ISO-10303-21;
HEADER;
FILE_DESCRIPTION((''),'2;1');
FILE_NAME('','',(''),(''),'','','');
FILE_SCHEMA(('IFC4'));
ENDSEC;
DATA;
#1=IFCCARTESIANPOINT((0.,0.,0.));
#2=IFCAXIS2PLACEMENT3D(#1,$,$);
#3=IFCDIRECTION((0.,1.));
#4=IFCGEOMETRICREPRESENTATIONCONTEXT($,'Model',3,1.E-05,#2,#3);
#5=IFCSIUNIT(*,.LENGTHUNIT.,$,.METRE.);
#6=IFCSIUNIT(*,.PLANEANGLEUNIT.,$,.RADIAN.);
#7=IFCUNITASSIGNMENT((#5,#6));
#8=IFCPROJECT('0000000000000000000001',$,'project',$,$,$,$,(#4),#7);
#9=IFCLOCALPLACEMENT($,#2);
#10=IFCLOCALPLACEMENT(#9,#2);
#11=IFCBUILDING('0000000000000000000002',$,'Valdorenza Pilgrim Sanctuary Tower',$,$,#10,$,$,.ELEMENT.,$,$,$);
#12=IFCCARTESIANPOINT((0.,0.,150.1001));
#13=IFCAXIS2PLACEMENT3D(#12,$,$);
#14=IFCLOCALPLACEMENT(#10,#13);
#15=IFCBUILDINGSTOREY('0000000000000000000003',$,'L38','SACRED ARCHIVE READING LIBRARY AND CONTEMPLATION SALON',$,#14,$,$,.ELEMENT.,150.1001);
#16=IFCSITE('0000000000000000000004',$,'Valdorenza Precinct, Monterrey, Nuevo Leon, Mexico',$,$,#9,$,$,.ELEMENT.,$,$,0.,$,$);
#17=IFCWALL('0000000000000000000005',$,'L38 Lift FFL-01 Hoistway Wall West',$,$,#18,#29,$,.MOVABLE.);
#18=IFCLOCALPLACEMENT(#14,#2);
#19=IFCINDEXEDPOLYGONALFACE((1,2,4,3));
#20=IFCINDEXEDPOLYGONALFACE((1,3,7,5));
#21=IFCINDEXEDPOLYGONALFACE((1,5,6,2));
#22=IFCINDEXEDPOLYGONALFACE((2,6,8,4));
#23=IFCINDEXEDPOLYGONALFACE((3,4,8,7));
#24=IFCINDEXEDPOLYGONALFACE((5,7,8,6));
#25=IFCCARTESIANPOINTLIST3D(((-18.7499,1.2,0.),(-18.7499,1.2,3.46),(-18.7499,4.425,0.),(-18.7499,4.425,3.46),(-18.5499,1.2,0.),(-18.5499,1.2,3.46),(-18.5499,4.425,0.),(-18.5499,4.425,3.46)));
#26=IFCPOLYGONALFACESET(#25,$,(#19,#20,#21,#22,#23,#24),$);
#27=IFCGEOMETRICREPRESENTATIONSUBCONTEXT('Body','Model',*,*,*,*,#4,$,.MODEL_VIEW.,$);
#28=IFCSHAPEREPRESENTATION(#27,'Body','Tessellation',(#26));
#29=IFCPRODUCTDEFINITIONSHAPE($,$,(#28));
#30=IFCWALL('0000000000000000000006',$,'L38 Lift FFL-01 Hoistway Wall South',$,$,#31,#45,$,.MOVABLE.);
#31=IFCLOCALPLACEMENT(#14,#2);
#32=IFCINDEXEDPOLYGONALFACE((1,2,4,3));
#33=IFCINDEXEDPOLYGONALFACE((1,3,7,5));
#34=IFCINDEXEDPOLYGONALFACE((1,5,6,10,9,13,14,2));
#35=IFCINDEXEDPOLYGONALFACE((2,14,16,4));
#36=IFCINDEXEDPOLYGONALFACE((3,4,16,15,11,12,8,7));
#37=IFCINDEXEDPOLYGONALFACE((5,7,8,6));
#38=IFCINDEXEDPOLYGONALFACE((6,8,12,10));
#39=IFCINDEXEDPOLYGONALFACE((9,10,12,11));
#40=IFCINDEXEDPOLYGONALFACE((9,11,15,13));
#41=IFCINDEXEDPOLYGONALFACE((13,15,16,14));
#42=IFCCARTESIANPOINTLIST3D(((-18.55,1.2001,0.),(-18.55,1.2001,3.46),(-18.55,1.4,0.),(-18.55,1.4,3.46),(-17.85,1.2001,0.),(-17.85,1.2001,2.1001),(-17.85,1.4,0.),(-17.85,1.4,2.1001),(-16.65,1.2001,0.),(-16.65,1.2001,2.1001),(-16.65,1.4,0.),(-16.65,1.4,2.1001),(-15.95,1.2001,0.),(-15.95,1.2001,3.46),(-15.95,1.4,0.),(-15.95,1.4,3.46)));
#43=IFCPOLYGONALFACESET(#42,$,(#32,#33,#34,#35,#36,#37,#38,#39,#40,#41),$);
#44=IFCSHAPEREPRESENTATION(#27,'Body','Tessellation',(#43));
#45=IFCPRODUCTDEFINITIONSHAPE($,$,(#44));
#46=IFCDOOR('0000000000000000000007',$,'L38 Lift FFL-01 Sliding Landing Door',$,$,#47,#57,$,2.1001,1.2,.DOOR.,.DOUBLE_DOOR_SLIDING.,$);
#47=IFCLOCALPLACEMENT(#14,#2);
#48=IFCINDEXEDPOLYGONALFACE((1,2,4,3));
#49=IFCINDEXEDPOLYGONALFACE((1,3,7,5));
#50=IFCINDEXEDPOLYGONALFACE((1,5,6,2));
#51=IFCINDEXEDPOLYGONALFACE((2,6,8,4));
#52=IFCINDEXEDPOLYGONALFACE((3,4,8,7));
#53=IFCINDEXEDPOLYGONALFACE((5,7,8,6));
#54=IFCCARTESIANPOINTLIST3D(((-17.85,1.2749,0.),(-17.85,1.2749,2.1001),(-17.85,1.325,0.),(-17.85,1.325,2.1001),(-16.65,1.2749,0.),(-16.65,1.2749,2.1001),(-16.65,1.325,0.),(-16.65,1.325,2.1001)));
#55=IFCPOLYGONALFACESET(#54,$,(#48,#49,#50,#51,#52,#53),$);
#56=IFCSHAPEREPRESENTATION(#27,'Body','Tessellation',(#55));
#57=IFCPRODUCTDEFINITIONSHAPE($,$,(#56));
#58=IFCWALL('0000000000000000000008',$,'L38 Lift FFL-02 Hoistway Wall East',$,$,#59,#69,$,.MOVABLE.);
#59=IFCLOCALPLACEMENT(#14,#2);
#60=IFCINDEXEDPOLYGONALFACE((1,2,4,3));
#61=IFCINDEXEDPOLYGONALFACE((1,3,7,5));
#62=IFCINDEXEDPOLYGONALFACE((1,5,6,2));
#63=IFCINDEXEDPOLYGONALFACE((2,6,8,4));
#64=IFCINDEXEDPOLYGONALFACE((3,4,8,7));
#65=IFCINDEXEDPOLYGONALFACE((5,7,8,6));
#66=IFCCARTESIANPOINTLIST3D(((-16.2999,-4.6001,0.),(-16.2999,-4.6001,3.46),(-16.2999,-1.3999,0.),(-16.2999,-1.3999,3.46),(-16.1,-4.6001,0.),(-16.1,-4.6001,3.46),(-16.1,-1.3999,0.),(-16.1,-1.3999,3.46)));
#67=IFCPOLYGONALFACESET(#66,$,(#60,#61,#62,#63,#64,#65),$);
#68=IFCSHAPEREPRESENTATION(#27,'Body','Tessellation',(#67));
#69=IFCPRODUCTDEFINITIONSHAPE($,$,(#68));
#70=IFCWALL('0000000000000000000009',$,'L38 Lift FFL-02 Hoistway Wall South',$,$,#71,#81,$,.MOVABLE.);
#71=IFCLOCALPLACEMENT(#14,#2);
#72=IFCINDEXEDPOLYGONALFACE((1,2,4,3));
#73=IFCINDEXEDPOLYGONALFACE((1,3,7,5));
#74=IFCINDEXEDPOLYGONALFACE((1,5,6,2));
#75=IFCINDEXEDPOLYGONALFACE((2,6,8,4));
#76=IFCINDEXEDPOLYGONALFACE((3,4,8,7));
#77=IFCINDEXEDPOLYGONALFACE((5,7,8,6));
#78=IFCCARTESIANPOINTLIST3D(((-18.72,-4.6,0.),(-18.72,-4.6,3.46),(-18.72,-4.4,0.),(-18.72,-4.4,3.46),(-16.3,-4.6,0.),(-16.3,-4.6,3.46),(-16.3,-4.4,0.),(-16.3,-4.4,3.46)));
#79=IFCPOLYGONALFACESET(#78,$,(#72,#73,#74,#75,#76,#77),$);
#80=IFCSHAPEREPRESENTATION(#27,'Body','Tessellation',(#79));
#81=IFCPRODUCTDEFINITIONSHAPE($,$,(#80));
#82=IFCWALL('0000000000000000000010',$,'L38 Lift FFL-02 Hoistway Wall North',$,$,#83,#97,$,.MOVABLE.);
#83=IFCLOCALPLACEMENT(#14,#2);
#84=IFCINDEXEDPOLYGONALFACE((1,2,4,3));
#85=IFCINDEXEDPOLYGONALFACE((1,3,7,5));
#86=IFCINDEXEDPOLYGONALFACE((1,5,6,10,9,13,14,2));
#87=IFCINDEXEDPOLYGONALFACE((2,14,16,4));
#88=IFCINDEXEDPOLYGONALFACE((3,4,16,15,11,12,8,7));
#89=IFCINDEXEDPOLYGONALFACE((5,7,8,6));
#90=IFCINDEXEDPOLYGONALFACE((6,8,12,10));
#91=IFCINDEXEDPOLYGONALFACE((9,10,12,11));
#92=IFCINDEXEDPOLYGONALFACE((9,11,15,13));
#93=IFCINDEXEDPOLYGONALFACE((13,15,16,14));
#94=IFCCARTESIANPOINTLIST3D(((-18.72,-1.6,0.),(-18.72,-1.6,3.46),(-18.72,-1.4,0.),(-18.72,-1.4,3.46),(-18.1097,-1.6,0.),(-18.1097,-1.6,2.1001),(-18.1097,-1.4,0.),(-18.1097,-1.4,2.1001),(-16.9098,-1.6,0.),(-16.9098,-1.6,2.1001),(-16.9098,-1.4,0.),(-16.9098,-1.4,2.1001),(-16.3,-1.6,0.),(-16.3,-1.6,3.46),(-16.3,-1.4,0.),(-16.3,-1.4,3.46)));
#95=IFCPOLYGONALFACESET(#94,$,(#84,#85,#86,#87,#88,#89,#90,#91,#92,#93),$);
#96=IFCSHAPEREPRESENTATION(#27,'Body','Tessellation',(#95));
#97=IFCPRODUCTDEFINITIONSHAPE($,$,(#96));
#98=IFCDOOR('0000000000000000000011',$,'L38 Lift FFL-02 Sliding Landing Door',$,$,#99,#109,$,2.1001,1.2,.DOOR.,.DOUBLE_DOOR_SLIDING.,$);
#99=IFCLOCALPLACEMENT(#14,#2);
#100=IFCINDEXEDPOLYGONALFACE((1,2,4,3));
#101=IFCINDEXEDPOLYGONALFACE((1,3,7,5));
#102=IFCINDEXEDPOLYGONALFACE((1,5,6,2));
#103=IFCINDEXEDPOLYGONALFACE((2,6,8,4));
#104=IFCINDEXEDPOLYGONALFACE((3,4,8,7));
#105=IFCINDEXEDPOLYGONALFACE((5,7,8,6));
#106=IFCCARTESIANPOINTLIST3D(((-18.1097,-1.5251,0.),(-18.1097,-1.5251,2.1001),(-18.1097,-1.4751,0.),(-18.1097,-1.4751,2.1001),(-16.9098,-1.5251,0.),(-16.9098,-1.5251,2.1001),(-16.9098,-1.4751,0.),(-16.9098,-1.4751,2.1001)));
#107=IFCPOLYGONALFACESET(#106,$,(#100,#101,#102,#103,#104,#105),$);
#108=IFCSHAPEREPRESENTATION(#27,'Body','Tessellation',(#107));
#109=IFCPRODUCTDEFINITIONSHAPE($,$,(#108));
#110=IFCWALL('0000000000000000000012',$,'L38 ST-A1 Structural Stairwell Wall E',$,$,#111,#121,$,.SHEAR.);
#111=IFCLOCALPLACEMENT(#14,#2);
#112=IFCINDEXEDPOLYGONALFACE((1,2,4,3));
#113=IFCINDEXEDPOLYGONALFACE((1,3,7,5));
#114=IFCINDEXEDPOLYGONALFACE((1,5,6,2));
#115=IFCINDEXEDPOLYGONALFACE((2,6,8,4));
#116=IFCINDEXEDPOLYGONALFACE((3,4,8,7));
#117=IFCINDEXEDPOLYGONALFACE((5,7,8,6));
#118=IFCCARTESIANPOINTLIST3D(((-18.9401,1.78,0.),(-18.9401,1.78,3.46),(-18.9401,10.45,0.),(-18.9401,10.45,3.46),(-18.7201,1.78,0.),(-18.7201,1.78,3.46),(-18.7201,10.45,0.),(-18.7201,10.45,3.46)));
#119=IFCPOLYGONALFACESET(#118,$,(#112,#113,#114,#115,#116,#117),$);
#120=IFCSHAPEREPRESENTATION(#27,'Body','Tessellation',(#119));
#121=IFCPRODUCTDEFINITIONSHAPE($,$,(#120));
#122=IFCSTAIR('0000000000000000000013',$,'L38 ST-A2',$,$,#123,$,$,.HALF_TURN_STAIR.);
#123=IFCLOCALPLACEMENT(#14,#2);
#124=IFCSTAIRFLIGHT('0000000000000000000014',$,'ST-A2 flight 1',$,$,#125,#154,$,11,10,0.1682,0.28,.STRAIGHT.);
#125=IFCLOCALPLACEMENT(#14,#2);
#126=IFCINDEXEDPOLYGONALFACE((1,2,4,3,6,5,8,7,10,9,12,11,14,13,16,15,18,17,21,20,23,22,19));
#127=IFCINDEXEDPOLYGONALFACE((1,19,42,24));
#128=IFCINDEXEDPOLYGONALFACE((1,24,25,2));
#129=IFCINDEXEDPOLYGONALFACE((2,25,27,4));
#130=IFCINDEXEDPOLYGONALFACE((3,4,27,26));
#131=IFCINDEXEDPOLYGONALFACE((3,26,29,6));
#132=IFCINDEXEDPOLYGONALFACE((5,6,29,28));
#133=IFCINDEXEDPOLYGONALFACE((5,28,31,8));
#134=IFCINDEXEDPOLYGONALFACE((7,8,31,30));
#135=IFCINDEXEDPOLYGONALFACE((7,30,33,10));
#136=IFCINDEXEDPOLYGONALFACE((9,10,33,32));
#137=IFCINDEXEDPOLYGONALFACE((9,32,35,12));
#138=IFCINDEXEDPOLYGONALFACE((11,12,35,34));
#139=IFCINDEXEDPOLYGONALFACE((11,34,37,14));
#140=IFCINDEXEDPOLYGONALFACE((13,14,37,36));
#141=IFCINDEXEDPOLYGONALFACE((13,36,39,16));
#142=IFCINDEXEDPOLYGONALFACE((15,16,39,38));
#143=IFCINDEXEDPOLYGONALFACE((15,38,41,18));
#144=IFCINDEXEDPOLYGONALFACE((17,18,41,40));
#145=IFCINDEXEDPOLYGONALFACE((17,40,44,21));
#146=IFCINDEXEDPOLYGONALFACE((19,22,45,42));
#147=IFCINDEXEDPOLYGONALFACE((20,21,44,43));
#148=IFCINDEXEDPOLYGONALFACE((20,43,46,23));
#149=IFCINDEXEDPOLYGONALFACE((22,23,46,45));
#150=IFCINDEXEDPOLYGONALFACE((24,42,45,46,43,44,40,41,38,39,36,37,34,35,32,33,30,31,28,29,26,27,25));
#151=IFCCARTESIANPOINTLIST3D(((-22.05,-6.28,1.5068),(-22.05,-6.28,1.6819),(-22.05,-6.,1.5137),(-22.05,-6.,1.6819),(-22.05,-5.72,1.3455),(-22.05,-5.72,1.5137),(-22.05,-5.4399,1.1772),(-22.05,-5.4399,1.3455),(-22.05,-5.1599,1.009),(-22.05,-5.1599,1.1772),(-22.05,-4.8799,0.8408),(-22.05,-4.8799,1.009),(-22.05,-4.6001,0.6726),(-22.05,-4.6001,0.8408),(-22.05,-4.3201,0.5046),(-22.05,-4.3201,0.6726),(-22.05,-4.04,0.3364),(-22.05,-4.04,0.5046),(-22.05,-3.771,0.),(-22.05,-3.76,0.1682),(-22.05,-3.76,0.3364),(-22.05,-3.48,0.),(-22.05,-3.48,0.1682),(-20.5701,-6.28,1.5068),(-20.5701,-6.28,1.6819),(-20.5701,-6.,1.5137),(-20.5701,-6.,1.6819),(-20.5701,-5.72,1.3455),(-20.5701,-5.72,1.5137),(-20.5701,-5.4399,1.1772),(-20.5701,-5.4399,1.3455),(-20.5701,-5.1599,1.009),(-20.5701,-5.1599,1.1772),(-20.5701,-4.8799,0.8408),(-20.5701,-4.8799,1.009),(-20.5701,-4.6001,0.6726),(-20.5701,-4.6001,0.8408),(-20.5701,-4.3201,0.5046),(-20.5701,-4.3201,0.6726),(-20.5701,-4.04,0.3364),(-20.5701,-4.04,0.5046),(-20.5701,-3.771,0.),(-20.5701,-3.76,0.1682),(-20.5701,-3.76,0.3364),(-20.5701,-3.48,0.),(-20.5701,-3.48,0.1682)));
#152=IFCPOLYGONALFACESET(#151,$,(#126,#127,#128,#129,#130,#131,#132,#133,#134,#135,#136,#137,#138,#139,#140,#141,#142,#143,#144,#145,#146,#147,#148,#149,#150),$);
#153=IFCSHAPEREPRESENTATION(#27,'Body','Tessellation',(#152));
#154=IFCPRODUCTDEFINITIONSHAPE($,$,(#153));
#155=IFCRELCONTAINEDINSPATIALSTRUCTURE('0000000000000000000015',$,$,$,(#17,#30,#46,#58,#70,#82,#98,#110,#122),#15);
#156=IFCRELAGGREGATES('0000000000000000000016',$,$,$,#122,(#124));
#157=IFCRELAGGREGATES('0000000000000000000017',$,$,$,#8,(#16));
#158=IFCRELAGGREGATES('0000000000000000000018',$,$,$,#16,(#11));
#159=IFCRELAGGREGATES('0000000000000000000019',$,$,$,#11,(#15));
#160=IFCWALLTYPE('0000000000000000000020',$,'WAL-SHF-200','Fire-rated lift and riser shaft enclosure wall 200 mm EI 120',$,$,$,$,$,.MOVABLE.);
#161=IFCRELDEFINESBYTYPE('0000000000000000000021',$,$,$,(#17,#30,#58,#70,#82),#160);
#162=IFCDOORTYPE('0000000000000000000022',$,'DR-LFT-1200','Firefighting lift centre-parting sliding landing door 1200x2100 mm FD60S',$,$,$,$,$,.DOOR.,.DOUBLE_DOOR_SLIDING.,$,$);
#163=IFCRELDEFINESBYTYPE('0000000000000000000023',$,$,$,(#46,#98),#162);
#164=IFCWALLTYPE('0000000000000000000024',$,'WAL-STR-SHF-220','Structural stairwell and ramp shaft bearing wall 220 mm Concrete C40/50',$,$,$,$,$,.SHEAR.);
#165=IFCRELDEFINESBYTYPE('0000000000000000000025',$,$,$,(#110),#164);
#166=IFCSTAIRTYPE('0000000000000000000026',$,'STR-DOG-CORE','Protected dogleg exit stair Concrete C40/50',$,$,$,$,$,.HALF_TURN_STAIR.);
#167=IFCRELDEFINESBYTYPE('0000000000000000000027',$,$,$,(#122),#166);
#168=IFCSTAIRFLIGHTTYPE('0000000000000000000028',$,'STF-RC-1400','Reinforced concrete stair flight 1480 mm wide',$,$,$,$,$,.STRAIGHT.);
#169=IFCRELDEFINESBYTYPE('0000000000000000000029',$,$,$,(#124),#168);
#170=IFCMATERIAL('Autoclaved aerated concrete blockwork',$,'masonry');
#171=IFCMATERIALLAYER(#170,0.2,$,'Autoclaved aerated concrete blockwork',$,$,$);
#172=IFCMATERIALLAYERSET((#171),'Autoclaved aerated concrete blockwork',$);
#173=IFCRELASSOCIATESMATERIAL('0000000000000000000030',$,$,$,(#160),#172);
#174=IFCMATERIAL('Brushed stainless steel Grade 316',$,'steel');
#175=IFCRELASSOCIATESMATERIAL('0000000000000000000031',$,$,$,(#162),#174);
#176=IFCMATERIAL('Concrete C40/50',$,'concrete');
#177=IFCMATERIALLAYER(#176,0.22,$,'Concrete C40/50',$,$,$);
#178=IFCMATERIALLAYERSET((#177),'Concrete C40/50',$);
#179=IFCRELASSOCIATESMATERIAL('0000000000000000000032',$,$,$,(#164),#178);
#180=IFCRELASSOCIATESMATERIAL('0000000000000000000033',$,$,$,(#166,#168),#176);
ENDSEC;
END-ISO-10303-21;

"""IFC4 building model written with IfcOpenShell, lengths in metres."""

from ifc_helpers import new_model, si_unit, direction, frame, frame_2d, origin, place, context, subcontext, project, spatial, polyline, rectangle, outline, extrude, material, layer, layer_set, type_object, element, fill, aggregate, save


model = new_model("IFC4")

# Units and contexts
model_context = context("Model", 3, precision=1e-05, world=origin(), true_north=direction((0.0, 1.0)))
body_context = subcontext(model_context, "Body", "Model", "MODEL_VIEW")
ifc_project = project(units=[si_unit("LENGTHUNIT", "METRE"), si_unit("PLANEANGLEUNIT", "RADIAN")], contexts=[model_context])

# Site, building, storey
site_placement = place(None, origin())
site = spatial("IfcSite", under=ifc_project, at=site_placement, Name="Valdorenza Precinct, Monterrey, Nuevo Leon, Mexico", CompositionType="ELEMENT", RefElevation=0.0)
building_placement = place(site_placement, origin())
building = spatial("IfcBuilding", under=site, at=building_placement, Name="Valdorenza Pilgrim Sanctuary Tower", CompositionType="ELEMENT")
storey_placement = place(building_placement, frame((0.0, 0.0, 150.1001)))
storey = spatial("IfcBuildingStorey", under=building, at=storey_placement, Name="L38", Description="SACRED ARCHIVE READING LIBRARY AND CONTEMPLATION SALON", CompositionType="ELEMENT", Elevation=150.1001)

# Wall
ifc_material_1 = material(Name="Autoclaved aerated concrete blockwork", Category="masonry")
ifc_layer_1 = layer(ifc_material_1, 0.2, Name="Autoclaved aerated concrete blockwork")
ifc_layer_set_1 = layer_set([ifc_layer_1], Name="Autoclaved aerated concrete blockwork")
wall_type_1 = type_object("IfcWallType", Name="WAL-SHF-200", Description="Fire-rated lift and riser shaft enclosure wall 200 mm EI 120", PredefinedType="MOVABLE", material=ifc_layer_set_1)
wall_1_placement = place(storey_placement, frame((-18.6499, 1.2, 0.0), z_axis=(0.0, 0.0, 1.0), x_axis=(0.0, 1.0, 0.0)))
element("IfcWall", 1, at=wall_1_placement, inside=storey, type_object=wall_type_1, Name="L38 Lift FFL-01 Hoistway Wall West", PredefinedType="MOVABLE", context=body_context, shape_type="SweptSolid", body=[
    extrude(rectangle(XDim=3.2251, YDim=0.2, at=frame_2d((1.6125, 0.0))), origin(), (0.0, 0.0, 1.0), 3.46),
])

# Wall, opening, door
wall_2_placement = place(storey_placement, frame((-18.55, 1.3, 0.0), z_axis=(0.0, 0.0, 1.0), x_axis=(1.0, 0.0, 0.0)))
wall_2 = element("IfcWall", 2, at=wall_2_placement, inside=storey, type_object=wall_type_1, Name="L38 Lift FFL-01 Hoistway Wall South", PredefinedType="MOVABLE", context=body_context, shape_type="SweptSolid", body=[
    extrude(rectangle(XDim=2.6001, YDim=0.2, at=frame_2d((1.3, 0.0))), origin(), (0.0, 0.0, 1.0), 3.46),
])
opening_1_placement = place(wall_2_placement, frame((0.7, 0.0, 0.0)))
opening_1 = element("IfcOpeningElement", 3, at=opening_1_placement, cuts=wall_2, PredefinedType="OPENING", context=body_context, shape_type="SweptSolid", body=[
    extrude(rectangle(XDim=1.2, YDim=2.1001, at=frame_2d((0.6001, 1.05))), frame((0.0, 0.1147, 0.0), z_axis=(0.0, -1.0, 0.0), x_axis=(1.0, 0.0, 0.0)), (0.0, 0.0, 1.0), 0.2297),
])
ifc_material_2 = material(Name="Brushed stainless steel Grade 316", Category="steel")
door_type_1 = type_object("IfcDoorType", Name="DR-LFT-1200", Description="Firefighting lift centre-parting sliding landing door 1200x2100 mm FD60S", OperationType="DOUBLE_DOOR_SLIDING", PredefinedType="DOOR", material=ifc_material_2)
door_1_placement = place(opening_1_placement, origin())
door_1 = element("IfcDoor", 4, at=door_1_placement, inside=storey, type_object=door_type_1, Name="L38 Lift FFL-01 Sliding Landing Door", OperationType="DOUBLE_DOOR_SLIDING", OverallHeight=2.1001, OverallWidth=1.2, PredefinedType="DOOR", context=body_context, shape_type="SweptSolid", body=[
    extrude(rectangle(XDim=1.2, YDim=2.1001, at=frame_2d((0.6001, 1.05))), frame((0.0, 0.0249, 0.0), z_axis=(0.0, -1.0, 0.0), x_axis=(1.0, 0.0, 0.0)), (0.0, 0.0, 1.0), 0.05),
])
fill(opening_1, door_1)

# Walls
wall_3_placement = place(storey_placement, frame((-16.2, -4.6001, 0.0), z_axis=(0.0, 0.0, 1.0), x_axis=(0.0, 1.0, 0.0)))
element("IfcWall", 5, at=wall_3_placement, inside=storey, type_object=wall_type_1, Name="L38 Lift FFL-02 Hoistway Wall East", PredefinedType="MOVABLE", context=body_context, shape_type="SweptSolid", body=[
    extrude(rectangle(XDim=3.2002, YDim=0.2, at=frame_2d((1.6001, 0.0))), origin(), (0.0, 0.0, 1.0), 3.46),
])
wall_4_placement = place(storey_placement, frame((-18.72, -4.5, 0.0), z_axis=(0.0, 0.0, 1.0), x_axis=(1.0, 0.0, 0.0)))
element("IfcWall", 6, at=wall_4_placement, inside=storey, type_object=wall_type_1, Name="L38 Lift FFL-02 Hoistway Wall South", PredefinedType="MOVABLE", context=body_context, shape_type="SweptSolid", body=[
    extrude(rectangle(XDim=2.4199, YDim=0.2, at=frame_2d((1.21, 0.0))), origin(), (0.0, 0.0, 1.0), 3.46),
])

# Wall, opening, door
wall_5_placement = place(storey_placement, frame((-18.72, -1.5, 0.0), z_axis=(0.0, 0.0, 1.0), x_axis=(1.0, 0.0, 0.0)))
wall_5 = element("IfcWall", 7, at=wall_5_placement, inside=storey, type_object=wall_type_1, Name="L38 Lift FFL-02 Hoistway Wall North", PredefinedType="MOVABLE", context=body_context, shape_type="SweptSolid", body=[
    extrude(rectangle(XDim=2.4199, YDim=0.2, at=frame_2d((1.21, 0.0))), origin(), (0.0, 0.0, 1.0), 3.46),
])
opening_2_placement = place(wall_5_placement, frame((0.6101, 0.0, 0.0)))
opening_2 = element("IfcOpeningElement", 8, at=opening_2_placement, cuts=wall_5, PredefinedType="OPENING", context=body_context, shape_type="SweptSolid", body=[
    extrude(rectangle(XDim=1.2, YDim=2.1001, at=frame_2d((0.6001, 1.05))), frame((0.0, 0.1147, 0.0), z_axis=(0.0, -1.0, 0.0), x_axis=(1.0, 0.0, 0.0)), (0.0, 0.0, 1.0), 0.2297),
])
door_2_placement = place(opening_2_placement, origin())
door_2 = element("IfcDoor", 9, at=door_2_placement, inside=storey, type_object=door_type_1, Name="L38 Lift FFL-02 Sliding Landing Door", OperationType="DOUBLE_DOOR_SLIDING", OverallHeight=2.1001, OverallWidth=1.2, PredefinedType="DOOR", context=body_context, shape_type="SweptSolid", body=[
    extrude(rectangle(XDim=1.2, YDim=2.1001, at=frame_2d((0.6001, 1.05))), frame((0.0, 0.0249, 0.0), z_axis=(0.0, -1.0, 0.0), x_axis=(1.0, 0.0, 0.0)), (0.0, 0.0, 1.0), 0.05),
])
fill(opening_2, door_2)

# Wall
ifc_material_3 = material(Name="Concrete C40/50", Category="concrete")
ifc_layer_2 = layer(ifc_material_3, 0.22, Name="Concrete C40/50")
ifc_layer_set_2 = layer_set([ifc_layer_2], Name="Concrete C40/50")
wall_type_2 = type_object("IfcWallType", Name="WAL-STR-SHF-220", Description="Structural stairwell and ramp shaft bearing wall 220 mm Concrete C40/50", PredefinedType="SHEAR", material=ifc_layer_set_2)
wall_6_placement = place(storey_placement, frame((-18.8301, 1.78, 0.0), z_axis=(0.0, 0.0, 1.0), x_axis=(0.0, 1.0, 0.0)))
element("IfcWall", 10, at=wall_6_placement, inside=storey, type_object=wall_type_2, Name="L38 ST-A1 Structural Stairwell Wall E", PredefinedType="SHEAR", context=body_context, shape_type="SweptSolid", body=[
    extrude(rectangle(XDim=8.6699, YDim=0.22, at=frame_2d((4.335, 0.0))), origin(), (0.0, 0.0, 1.0), 3.46),
])

# Stair, stair flight
stair_type = type_object("IfcStairType", Name="STR-DOG-CORE", Description="Protected dogleg exit stair Concrete C40/50", PredefinedType="HALF_TURN_STAIR", material=ifc_material_3)
stair_placement = place(storey_placement, origin())
stair = element("IfcStair", 11, at=stair_placement, inside=storey, type_object=stair_type, Name="L38 ST-A2", PredefinedType="HALF_TURN_STAIR")
stair_flight_type = type_object("IfcStairFlightType", Name="STF-RC-1400", Description="Reinforced concrete stair flight 1480 mm wide", PredefinedType="STRAIGHT", material=ifc_material_3)
stair_flight_1_placement = place(storey_placement, frame((-21.3101, -3.48, 0.0), z_axis=(0.0, 0.0, 1.0), x_axis=(0.0, -1.0, 0.0)))
stair_flight_1 = element("IfcStairFlight", 12, at=stair_flight_1_placement, type_object=stair_flight_type, Name="ST-A2 flight 1", NumberOfRisers=11, NumberOfTreads=10, PredefinedType="STRAIGHT", RiserHeight=0.1682, TreadLength=0.28, context=body_context, shape_type="SweptSolid", body=[
    extrude(outline(polyline([(0.0, 0.0), (0.0, 0.1682), (0.28, 0.1682), (0.28, 0.3364), (0.5601, 0.3364), (0.5601, 0.5046), (0.8401, 0.5046), (0.8401, 0.6726), (1.1201, 0.6726), (1.1201, 0.8408), (1.3999, 0.8408), (1.3999, 1.009), (1.6799, 1.009), (1.6799, 1.1772), (1.96, 1.1772), (1.96, 1.3455), (2.24, 1.3455), (2.24, 1.5137), (2.52, 1.5137), (2.52, 1.6819), (2.8, 1.6819), (2.8, 1.8501), (2.8, 1.5068), (0.291, 0.0), (0.0, 0.0)])), frame((0.0, 0.74, 0.0), z_axis=(0.0, -1.0, 0.0), x_axis=(1.0, 0.0, 0.0)), (0.0, 0.0, 1.0), 1.48),
])
aggregate(stair, [stair_flight_1])

save(model, "model.ifc")
